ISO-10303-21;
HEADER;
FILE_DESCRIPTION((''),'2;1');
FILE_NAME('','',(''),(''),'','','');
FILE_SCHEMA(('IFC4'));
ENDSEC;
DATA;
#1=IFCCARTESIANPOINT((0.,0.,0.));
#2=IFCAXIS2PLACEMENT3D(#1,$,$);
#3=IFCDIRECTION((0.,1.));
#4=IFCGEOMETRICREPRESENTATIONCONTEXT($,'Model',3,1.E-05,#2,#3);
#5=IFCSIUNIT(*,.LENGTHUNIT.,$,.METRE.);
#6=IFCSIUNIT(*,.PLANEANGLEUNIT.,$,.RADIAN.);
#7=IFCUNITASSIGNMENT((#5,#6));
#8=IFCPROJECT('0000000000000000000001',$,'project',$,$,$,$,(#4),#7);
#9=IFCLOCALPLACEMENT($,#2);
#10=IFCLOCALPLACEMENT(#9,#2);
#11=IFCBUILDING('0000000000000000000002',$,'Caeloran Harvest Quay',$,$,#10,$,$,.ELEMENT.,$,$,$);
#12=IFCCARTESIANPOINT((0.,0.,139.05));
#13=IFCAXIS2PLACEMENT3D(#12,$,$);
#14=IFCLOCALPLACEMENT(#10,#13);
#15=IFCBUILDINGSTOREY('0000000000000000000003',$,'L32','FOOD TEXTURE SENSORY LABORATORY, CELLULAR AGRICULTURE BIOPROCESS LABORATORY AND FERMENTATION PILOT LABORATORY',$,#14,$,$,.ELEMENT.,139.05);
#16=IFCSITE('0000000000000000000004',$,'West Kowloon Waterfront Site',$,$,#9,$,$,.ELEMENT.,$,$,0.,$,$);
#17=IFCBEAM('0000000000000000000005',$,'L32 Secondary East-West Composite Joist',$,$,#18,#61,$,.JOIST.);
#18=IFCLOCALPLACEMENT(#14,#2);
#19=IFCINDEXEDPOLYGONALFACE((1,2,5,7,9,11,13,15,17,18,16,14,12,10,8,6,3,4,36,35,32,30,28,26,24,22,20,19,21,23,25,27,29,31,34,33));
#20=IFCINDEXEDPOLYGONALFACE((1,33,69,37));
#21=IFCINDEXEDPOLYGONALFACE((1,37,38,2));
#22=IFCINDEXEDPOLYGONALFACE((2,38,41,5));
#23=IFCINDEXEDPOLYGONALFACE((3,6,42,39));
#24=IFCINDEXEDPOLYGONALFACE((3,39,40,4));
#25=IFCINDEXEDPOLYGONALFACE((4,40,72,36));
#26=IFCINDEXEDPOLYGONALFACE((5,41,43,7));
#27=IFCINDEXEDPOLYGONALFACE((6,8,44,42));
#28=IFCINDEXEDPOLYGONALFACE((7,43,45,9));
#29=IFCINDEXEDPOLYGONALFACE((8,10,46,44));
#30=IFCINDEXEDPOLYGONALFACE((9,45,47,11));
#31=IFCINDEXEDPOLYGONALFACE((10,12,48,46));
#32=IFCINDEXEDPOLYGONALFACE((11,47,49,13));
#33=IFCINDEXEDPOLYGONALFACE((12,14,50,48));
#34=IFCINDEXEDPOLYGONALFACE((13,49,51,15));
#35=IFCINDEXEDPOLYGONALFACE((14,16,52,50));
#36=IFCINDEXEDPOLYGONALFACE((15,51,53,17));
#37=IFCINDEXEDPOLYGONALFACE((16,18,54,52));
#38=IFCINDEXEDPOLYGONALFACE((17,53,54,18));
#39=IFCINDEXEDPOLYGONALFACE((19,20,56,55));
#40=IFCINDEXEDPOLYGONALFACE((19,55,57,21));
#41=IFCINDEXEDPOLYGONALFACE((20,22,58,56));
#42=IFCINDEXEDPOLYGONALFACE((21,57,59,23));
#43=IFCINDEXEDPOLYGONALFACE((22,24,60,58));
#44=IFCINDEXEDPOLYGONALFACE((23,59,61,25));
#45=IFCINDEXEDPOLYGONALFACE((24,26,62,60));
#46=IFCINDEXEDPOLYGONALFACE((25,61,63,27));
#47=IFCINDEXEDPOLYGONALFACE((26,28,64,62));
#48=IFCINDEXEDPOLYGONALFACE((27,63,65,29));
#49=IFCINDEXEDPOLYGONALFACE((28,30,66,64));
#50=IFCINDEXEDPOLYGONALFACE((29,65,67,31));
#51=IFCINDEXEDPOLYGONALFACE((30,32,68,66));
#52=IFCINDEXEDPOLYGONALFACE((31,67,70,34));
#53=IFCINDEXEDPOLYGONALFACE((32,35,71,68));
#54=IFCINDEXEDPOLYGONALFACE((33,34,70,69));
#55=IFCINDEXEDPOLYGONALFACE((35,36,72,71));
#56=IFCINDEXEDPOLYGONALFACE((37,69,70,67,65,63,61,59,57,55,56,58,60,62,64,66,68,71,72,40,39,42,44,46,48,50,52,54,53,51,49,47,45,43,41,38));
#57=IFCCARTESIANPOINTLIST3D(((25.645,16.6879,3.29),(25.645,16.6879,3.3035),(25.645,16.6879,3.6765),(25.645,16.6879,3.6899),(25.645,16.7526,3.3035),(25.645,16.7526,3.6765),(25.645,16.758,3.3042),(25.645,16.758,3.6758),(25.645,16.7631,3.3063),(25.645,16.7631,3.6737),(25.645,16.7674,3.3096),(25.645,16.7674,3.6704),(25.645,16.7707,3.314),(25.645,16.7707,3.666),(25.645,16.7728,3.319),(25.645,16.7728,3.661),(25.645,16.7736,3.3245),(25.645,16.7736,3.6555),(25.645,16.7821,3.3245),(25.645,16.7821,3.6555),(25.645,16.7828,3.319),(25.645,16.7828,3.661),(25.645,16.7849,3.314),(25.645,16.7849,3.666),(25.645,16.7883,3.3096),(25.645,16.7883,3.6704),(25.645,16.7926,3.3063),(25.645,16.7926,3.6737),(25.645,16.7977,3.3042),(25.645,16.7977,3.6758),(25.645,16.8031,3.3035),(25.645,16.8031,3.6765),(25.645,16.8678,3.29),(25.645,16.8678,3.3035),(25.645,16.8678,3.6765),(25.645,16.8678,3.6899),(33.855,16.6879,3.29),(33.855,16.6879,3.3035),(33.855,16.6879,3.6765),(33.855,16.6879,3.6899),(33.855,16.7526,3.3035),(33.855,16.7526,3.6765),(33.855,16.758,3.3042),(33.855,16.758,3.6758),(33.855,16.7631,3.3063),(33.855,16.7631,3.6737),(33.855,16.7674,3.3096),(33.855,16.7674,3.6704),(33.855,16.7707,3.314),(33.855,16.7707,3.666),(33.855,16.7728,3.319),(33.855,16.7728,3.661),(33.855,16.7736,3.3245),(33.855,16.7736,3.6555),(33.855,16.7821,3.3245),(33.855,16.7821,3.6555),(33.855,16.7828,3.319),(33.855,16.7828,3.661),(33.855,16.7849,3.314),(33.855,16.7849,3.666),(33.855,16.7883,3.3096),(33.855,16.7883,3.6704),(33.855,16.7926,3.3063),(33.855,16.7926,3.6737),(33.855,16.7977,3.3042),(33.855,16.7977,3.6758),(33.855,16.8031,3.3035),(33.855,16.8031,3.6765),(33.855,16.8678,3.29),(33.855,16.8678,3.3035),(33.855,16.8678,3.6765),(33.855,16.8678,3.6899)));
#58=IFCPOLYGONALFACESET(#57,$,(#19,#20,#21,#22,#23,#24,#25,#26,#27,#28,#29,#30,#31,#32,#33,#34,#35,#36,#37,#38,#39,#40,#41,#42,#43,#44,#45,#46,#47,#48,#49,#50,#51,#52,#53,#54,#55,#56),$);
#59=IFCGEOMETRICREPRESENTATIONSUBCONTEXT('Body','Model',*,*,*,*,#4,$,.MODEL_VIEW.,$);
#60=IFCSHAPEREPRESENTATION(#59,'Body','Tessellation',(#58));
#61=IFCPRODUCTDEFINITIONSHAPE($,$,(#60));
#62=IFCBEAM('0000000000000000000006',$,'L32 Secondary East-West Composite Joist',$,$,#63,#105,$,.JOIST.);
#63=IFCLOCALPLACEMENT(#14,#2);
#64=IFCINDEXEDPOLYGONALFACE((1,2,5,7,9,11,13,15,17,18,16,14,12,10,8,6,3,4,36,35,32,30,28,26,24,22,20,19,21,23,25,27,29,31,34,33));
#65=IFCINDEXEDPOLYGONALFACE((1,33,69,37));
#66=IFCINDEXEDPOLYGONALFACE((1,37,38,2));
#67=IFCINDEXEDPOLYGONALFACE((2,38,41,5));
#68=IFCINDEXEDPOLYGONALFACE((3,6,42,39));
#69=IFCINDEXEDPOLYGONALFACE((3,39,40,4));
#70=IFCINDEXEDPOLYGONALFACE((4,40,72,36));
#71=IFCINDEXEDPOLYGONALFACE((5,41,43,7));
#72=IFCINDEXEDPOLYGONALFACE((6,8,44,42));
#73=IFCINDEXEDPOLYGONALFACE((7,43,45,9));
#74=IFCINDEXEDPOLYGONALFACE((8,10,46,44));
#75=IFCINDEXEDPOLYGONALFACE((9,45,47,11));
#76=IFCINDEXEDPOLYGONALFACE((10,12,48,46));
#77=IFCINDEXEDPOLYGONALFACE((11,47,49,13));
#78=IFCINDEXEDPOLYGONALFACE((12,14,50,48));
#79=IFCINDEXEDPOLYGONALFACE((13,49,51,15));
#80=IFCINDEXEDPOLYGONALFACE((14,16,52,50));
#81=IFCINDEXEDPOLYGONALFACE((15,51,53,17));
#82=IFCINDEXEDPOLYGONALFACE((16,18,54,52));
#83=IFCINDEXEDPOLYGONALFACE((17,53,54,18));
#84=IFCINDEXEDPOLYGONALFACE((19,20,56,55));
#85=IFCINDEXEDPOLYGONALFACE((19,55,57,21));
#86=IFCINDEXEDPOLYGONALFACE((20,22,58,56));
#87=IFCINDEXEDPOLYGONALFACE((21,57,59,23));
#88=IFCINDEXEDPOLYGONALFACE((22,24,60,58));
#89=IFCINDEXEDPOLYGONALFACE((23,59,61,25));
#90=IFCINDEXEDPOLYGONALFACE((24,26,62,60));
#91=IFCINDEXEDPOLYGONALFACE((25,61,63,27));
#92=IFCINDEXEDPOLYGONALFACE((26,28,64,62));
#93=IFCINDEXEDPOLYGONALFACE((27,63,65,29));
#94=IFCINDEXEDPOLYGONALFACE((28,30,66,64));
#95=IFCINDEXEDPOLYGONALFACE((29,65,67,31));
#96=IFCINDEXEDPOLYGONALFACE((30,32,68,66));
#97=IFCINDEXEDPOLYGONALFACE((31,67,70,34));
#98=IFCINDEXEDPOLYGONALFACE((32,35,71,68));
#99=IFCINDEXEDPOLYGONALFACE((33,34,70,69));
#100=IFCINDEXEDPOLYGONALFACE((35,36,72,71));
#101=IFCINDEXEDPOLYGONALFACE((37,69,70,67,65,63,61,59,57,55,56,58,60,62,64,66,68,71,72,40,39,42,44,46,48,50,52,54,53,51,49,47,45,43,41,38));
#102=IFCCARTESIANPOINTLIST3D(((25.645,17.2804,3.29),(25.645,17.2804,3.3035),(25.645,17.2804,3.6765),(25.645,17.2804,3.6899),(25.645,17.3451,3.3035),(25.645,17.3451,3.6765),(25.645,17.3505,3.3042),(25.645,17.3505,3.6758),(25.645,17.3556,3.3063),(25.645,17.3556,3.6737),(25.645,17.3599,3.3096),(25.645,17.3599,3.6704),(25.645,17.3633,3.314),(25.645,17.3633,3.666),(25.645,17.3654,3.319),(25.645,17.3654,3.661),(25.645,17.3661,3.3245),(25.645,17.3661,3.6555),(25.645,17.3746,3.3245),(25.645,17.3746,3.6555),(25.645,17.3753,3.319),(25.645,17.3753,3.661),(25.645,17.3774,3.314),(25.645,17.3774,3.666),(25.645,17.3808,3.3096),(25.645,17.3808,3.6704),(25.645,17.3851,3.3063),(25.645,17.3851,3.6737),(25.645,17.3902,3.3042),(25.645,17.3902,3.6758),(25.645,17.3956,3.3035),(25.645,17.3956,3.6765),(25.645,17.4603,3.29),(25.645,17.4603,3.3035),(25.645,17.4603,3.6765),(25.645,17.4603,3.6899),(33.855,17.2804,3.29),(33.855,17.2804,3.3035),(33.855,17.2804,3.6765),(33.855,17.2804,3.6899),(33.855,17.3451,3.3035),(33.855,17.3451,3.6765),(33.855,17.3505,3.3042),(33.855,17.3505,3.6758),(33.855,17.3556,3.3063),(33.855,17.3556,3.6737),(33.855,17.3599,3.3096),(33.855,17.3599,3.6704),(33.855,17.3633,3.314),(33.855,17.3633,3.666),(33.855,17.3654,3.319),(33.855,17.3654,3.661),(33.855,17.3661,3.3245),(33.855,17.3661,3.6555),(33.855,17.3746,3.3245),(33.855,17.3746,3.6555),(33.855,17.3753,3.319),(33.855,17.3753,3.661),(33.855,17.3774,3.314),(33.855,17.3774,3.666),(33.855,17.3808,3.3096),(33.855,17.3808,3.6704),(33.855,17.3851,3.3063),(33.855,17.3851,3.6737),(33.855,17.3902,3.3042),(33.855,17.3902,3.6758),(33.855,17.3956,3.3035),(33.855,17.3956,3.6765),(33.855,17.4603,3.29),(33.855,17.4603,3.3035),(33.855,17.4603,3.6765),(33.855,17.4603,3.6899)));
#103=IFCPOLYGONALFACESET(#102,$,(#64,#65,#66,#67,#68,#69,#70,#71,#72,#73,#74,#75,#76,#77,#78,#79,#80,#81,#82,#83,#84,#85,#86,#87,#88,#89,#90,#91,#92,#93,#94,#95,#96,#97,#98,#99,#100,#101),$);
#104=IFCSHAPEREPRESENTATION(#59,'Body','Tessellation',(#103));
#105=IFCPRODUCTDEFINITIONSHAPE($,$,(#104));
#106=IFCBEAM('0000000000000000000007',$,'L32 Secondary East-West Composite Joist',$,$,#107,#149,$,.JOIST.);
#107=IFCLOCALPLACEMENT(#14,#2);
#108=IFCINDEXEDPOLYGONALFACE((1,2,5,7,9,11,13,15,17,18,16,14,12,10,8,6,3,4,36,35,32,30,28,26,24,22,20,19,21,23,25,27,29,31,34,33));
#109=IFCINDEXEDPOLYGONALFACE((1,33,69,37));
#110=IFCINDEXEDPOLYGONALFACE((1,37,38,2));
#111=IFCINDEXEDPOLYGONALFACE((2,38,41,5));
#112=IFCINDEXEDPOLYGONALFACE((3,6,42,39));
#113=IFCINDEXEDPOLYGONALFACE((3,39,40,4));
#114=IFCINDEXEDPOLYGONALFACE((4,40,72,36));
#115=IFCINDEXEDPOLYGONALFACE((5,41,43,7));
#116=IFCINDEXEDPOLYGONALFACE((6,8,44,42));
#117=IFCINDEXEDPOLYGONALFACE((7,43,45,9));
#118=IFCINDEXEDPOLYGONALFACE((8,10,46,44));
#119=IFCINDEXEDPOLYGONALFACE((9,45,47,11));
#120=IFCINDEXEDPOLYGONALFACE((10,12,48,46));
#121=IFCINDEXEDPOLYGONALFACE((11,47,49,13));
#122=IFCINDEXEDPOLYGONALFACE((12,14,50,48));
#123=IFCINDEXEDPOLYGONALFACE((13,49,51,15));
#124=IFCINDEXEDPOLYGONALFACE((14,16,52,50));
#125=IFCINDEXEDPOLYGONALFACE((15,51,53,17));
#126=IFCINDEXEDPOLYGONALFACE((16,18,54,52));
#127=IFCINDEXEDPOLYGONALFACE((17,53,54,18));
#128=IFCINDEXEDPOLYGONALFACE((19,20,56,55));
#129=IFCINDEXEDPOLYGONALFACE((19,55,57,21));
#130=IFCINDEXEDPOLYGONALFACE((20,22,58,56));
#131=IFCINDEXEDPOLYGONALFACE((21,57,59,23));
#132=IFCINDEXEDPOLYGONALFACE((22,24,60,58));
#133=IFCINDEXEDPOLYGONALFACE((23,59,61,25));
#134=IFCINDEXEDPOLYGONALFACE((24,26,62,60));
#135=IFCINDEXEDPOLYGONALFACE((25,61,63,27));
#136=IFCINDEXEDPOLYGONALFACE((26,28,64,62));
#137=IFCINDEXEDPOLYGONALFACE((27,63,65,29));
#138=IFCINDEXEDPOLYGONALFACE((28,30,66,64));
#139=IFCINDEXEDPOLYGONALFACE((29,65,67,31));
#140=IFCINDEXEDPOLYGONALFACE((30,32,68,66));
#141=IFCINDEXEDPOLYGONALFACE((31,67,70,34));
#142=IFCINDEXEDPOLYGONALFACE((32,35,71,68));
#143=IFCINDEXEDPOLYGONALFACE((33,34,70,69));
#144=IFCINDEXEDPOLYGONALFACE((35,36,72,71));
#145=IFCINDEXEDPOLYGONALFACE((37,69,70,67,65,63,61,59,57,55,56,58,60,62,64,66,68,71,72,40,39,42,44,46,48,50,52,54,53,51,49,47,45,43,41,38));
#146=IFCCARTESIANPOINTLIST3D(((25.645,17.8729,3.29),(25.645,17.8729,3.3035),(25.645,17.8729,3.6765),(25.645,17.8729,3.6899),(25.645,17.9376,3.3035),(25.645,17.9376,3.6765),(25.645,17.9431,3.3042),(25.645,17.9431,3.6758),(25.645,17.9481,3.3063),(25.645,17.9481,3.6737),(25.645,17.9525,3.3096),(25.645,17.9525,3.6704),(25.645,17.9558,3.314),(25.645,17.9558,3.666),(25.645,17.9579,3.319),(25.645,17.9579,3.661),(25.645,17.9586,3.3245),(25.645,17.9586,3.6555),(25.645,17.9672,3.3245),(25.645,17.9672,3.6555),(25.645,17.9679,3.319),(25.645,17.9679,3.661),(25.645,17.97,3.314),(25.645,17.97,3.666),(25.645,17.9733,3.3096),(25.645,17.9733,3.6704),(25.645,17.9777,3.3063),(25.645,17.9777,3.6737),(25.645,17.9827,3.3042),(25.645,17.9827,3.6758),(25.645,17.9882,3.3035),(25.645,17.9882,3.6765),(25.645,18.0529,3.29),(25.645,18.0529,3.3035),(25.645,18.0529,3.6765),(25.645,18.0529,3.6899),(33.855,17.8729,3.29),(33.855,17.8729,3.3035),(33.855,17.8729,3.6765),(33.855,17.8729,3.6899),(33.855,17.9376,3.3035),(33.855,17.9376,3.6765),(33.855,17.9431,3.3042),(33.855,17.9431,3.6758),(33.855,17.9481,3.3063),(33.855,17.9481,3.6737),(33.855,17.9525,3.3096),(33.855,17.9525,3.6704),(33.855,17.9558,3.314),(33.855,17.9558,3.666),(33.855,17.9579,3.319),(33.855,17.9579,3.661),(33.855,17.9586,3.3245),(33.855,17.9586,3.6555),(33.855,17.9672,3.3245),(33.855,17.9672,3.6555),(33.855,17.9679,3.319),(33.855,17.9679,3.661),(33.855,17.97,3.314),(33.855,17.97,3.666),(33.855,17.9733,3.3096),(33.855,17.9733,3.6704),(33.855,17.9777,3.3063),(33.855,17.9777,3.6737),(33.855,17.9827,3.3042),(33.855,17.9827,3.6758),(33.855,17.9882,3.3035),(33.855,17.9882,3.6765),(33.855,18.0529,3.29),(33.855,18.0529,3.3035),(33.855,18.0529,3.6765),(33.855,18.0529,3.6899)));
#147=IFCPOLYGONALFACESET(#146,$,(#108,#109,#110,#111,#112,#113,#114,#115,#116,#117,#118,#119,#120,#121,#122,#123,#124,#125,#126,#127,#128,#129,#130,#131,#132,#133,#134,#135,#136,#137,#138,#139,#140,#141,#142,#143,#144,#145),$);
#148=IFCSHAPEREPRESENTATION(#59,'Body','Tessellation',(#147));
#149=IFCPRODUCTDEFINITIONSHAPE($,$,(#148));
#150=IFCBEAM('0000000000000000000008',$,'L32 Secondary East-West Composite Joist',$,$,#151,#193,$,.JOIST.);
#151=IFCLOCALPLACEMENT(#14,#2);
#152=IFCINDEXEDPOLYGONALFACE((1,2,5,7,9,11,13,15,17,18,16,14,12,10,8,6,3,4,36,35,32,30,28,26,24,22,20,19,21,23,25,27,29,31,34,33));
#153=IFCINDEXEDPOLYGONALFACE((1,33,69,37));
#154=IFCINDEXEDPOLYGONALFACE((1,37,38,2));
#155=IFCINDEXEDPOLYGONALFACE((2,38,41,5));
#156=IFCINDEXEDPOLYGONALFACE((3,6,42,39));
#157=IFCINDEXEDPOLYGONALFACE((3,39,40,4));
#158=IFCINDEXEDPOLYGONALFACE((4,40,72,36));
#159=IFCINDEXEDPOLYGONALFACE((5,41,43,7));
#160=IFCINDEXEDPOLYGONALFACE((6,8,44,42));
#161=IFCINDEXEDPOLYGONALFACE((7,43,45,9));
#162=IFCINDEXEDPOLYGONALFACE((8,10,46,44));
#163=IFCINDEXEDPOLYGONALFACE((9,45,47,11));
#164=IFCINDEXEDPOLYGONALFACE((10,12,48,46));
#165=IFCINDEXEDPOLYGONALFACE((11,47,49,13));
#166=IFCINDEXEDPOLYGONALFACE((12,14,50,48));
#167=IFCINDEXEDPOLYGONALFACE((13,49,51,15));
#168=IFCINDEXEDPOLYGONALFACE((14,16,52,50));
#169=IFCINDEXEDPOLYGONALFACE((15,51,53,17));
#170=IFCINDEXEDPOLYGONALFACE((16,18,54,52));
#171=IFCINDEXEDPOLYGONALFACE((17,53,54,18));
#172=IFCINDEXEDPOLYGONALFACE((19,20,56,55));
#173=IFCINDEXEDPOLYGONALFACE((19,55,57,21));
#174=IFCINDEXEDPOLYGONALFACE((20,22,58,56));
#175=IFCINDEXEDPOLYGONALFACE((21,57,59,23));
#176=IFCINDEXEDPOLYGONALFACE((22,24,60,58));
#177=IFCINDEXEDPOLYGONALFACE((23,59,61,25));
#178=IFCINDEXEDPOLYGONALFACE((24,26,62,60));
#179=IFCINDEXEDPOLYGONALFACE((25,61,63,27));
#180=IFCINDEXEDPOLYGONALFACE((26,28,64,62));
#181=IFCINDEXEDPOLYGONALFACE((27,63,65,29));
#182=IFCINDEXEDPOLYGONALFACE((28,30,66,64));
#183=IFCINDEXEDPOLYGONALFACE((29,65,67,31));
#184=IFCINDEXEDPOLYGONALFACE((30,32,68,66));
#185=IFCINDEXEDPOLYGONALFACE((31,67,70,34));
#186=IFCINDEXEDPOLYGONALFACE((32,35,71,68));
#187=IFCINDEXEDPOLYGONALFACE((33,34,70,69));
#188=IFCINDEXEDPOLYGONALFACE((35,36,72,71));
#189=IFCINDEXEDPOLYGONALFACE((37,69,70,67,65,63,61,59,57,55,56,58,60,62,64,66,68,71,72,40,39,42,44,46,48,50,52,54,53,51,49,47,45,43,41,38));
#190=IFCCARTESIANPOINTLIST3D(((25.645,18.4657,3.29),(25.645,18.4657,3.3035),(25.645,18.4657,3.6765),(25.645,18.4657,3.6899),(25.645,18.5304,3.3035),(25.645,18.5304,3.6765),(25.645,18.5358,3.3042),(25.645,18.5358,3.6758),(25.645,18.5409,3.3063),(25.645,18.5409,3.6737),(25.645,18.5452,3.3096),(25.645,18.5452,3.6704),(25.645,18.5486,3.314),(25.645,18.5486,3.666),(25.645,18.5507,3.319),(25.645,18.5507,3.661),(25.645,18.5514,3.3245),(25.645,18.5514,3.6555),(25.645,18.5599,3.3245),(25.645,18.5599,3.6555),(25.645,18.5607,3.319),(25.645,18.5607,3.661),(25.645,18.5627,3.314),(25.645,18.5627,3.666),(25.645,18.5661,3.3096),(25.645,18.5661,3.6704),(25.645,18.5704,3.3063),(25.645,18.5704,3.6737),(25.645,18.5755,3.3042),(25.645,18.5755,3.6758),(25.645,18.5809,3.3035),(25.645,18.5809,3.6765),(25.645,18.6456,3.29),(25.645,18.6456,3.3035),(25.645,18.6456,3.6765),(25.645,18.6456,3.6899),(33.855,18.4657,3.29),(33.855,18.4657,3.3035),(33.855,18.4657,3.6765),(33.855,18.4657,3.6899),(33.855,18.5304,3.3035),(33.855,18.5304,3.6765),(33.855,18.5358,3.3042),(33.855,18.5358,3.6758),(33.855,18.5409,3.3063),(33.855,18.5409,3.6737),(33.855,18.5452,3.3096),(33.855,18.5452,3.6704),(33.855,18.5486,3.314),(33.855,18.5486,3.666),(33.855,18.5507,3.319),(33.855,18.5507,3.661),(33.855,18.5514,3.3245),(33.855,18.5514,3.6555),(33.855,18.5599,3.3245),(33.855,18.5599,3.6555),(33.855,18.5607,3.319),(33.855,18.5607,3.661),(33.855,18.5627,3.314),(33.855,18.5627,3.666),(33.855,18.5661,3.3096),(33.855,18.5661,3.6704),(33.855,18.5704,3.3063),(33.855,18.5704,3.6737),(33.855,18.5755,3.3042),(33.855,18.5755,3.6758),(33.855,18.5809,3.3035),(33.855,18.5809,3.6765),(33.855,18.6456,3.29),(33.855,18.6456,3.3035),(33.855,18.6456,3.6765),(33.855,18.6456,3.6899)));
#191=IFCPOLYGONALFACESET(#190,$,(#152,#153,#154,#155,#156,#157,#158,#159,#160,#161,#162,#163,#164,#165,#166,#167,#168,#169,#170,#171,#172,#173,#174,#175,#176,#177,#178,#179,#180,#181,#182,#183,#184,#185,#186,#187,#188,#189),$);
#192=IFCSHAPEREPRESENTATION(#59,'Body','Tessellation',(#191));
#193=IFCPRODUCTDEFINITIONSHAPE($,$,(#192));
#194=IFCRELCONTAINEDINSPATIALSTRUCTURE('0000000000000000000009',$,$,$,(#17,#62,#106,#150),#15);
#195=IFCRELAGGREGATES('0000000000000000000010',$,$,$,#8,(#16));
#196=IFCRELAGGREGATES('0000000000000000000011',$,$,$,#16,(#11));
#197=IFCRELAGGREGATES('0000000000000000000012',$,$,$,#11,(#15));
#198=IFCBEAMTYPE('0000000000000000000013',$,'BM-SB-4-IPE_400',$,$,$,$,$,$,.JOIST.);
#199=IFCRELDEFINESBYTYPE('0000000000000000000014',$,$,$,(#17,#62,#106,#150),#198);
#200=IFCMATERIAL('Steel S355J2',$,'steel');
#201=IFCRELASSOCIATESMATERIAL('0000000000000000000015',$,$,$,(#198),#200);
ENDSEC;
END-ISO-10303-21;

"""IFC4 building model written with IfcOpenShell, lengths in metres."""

from ifc_helpers import new_model, si_unit, direction, frame, origin, origin_2d, place, context, subcontext, project, spatial, i_section, extrude, material, material_profile, profile_set, type_object, element, save


model = new_model("IFC4")

# Units and contexts
model_context = context("Model", 3, precision=1e-05, world=origin(), true_north=direction((0.0, 1.0)))
body_context = subcontext(model_context, "Body", "Model", "MODEL_VIEW")
ifc_project = project(units=[si_unit("LENGTHUNIT", "METRE"), si_unit("PLANEANGLEUNIT", "RADIAN")], contexts=[model_context])

# Site, building, storey
site_placement = place(None, origin())
site = spatial("IfcSite", under=ifc_project, at=site_placement, Name="West Kowloon Waterfront Site", CompositionType="ELEMENT", RefElevation=0.0)
building_placement = place(site_placement, origin())
building = spatial("IfcBuilding", under=site, at=building_placement, Name="Caeloran Harvest Quay", CompositionType="ELEMENT")
storey_placement = place(building_placement, frame((0.0, 0.0, 139.05)))
storey = spatial("IfcBuildingStorey", under=building, at=storey_placement, Name="L32", Description="FOOD TEXTURE SENSORY LABORATORY, CELLULAR AGRICULTURE BIOPROCESS LABORATORY AND FERMENTATION PILOT LABORATORY", CompositionType="ELEMENT", Elevation=139.05)

# Beams
ifc_material_1 = material(Name="Steel S355J2", Category="steel")
ifc_material_profile_1 = material_profile(ifc_material_1, i_section(OverallWidth=0.1799, OverallDepth=0.3999, WebThickness=0.0085, FlangeThickness=0.0134, FilletRadius=0.021, at=origin_2d()), Name="IPE 400")
ifc_profile_set_1 = profile_set([ifc_material_profile_1], Name="Steel S355J2")
beam_type_1 = type_object("IfcBeamType", Name="BM-SB-4-IPE_400", PredefinedType="JOIST", material=ifc_profile_set_1)
for number, where, z_axis, x_axis, name in (
    (1, (25.645, 16.7778, 3.49), (1.0, 0.0, 0.0), (0.0, 1.0, 0.0), "L32 Secondary East-West Composite Joist"),
    (2, (25.645, 17.3704, 3.49), (1.0, 0.0, 0.0), (0.0, 1.0, 0.0), "L32 Secondary East-West Composite Joist"),
    (3, (25.645, 17.9629, 3.49), (1.0, 0.0, 0.0), (0.0, 1.0, 0.0), "L32 Secondary East-West Composite Joist"),
    (4, (25.645, 18.5557, 3.49), (1.0, 0.0, 0.0), (0.0, 1.0, 0.0), "L32 Secondary East-West Composite Joist"),
):
    element("IfcBeam", number, at=place(storey_placement, frame(where, z_axis=z_axis, x_axis=x_axis)), inside=storey, type_object=beam_type_1, Name=name, PredefinedType="JOIST", context=body_context, shape_type="SweptSolid", body=[
        extrude(i_section(OverallWidth=0.1799, OverallDepth=0.3999, WebThickness=0.0085, FlangeThickness=0.0134, FilletRadius=0.021, at=origin_2d()), origin(), (0.0, 0.0, 1.0), 8.21),
    ])

save(model, "model.ifc")
